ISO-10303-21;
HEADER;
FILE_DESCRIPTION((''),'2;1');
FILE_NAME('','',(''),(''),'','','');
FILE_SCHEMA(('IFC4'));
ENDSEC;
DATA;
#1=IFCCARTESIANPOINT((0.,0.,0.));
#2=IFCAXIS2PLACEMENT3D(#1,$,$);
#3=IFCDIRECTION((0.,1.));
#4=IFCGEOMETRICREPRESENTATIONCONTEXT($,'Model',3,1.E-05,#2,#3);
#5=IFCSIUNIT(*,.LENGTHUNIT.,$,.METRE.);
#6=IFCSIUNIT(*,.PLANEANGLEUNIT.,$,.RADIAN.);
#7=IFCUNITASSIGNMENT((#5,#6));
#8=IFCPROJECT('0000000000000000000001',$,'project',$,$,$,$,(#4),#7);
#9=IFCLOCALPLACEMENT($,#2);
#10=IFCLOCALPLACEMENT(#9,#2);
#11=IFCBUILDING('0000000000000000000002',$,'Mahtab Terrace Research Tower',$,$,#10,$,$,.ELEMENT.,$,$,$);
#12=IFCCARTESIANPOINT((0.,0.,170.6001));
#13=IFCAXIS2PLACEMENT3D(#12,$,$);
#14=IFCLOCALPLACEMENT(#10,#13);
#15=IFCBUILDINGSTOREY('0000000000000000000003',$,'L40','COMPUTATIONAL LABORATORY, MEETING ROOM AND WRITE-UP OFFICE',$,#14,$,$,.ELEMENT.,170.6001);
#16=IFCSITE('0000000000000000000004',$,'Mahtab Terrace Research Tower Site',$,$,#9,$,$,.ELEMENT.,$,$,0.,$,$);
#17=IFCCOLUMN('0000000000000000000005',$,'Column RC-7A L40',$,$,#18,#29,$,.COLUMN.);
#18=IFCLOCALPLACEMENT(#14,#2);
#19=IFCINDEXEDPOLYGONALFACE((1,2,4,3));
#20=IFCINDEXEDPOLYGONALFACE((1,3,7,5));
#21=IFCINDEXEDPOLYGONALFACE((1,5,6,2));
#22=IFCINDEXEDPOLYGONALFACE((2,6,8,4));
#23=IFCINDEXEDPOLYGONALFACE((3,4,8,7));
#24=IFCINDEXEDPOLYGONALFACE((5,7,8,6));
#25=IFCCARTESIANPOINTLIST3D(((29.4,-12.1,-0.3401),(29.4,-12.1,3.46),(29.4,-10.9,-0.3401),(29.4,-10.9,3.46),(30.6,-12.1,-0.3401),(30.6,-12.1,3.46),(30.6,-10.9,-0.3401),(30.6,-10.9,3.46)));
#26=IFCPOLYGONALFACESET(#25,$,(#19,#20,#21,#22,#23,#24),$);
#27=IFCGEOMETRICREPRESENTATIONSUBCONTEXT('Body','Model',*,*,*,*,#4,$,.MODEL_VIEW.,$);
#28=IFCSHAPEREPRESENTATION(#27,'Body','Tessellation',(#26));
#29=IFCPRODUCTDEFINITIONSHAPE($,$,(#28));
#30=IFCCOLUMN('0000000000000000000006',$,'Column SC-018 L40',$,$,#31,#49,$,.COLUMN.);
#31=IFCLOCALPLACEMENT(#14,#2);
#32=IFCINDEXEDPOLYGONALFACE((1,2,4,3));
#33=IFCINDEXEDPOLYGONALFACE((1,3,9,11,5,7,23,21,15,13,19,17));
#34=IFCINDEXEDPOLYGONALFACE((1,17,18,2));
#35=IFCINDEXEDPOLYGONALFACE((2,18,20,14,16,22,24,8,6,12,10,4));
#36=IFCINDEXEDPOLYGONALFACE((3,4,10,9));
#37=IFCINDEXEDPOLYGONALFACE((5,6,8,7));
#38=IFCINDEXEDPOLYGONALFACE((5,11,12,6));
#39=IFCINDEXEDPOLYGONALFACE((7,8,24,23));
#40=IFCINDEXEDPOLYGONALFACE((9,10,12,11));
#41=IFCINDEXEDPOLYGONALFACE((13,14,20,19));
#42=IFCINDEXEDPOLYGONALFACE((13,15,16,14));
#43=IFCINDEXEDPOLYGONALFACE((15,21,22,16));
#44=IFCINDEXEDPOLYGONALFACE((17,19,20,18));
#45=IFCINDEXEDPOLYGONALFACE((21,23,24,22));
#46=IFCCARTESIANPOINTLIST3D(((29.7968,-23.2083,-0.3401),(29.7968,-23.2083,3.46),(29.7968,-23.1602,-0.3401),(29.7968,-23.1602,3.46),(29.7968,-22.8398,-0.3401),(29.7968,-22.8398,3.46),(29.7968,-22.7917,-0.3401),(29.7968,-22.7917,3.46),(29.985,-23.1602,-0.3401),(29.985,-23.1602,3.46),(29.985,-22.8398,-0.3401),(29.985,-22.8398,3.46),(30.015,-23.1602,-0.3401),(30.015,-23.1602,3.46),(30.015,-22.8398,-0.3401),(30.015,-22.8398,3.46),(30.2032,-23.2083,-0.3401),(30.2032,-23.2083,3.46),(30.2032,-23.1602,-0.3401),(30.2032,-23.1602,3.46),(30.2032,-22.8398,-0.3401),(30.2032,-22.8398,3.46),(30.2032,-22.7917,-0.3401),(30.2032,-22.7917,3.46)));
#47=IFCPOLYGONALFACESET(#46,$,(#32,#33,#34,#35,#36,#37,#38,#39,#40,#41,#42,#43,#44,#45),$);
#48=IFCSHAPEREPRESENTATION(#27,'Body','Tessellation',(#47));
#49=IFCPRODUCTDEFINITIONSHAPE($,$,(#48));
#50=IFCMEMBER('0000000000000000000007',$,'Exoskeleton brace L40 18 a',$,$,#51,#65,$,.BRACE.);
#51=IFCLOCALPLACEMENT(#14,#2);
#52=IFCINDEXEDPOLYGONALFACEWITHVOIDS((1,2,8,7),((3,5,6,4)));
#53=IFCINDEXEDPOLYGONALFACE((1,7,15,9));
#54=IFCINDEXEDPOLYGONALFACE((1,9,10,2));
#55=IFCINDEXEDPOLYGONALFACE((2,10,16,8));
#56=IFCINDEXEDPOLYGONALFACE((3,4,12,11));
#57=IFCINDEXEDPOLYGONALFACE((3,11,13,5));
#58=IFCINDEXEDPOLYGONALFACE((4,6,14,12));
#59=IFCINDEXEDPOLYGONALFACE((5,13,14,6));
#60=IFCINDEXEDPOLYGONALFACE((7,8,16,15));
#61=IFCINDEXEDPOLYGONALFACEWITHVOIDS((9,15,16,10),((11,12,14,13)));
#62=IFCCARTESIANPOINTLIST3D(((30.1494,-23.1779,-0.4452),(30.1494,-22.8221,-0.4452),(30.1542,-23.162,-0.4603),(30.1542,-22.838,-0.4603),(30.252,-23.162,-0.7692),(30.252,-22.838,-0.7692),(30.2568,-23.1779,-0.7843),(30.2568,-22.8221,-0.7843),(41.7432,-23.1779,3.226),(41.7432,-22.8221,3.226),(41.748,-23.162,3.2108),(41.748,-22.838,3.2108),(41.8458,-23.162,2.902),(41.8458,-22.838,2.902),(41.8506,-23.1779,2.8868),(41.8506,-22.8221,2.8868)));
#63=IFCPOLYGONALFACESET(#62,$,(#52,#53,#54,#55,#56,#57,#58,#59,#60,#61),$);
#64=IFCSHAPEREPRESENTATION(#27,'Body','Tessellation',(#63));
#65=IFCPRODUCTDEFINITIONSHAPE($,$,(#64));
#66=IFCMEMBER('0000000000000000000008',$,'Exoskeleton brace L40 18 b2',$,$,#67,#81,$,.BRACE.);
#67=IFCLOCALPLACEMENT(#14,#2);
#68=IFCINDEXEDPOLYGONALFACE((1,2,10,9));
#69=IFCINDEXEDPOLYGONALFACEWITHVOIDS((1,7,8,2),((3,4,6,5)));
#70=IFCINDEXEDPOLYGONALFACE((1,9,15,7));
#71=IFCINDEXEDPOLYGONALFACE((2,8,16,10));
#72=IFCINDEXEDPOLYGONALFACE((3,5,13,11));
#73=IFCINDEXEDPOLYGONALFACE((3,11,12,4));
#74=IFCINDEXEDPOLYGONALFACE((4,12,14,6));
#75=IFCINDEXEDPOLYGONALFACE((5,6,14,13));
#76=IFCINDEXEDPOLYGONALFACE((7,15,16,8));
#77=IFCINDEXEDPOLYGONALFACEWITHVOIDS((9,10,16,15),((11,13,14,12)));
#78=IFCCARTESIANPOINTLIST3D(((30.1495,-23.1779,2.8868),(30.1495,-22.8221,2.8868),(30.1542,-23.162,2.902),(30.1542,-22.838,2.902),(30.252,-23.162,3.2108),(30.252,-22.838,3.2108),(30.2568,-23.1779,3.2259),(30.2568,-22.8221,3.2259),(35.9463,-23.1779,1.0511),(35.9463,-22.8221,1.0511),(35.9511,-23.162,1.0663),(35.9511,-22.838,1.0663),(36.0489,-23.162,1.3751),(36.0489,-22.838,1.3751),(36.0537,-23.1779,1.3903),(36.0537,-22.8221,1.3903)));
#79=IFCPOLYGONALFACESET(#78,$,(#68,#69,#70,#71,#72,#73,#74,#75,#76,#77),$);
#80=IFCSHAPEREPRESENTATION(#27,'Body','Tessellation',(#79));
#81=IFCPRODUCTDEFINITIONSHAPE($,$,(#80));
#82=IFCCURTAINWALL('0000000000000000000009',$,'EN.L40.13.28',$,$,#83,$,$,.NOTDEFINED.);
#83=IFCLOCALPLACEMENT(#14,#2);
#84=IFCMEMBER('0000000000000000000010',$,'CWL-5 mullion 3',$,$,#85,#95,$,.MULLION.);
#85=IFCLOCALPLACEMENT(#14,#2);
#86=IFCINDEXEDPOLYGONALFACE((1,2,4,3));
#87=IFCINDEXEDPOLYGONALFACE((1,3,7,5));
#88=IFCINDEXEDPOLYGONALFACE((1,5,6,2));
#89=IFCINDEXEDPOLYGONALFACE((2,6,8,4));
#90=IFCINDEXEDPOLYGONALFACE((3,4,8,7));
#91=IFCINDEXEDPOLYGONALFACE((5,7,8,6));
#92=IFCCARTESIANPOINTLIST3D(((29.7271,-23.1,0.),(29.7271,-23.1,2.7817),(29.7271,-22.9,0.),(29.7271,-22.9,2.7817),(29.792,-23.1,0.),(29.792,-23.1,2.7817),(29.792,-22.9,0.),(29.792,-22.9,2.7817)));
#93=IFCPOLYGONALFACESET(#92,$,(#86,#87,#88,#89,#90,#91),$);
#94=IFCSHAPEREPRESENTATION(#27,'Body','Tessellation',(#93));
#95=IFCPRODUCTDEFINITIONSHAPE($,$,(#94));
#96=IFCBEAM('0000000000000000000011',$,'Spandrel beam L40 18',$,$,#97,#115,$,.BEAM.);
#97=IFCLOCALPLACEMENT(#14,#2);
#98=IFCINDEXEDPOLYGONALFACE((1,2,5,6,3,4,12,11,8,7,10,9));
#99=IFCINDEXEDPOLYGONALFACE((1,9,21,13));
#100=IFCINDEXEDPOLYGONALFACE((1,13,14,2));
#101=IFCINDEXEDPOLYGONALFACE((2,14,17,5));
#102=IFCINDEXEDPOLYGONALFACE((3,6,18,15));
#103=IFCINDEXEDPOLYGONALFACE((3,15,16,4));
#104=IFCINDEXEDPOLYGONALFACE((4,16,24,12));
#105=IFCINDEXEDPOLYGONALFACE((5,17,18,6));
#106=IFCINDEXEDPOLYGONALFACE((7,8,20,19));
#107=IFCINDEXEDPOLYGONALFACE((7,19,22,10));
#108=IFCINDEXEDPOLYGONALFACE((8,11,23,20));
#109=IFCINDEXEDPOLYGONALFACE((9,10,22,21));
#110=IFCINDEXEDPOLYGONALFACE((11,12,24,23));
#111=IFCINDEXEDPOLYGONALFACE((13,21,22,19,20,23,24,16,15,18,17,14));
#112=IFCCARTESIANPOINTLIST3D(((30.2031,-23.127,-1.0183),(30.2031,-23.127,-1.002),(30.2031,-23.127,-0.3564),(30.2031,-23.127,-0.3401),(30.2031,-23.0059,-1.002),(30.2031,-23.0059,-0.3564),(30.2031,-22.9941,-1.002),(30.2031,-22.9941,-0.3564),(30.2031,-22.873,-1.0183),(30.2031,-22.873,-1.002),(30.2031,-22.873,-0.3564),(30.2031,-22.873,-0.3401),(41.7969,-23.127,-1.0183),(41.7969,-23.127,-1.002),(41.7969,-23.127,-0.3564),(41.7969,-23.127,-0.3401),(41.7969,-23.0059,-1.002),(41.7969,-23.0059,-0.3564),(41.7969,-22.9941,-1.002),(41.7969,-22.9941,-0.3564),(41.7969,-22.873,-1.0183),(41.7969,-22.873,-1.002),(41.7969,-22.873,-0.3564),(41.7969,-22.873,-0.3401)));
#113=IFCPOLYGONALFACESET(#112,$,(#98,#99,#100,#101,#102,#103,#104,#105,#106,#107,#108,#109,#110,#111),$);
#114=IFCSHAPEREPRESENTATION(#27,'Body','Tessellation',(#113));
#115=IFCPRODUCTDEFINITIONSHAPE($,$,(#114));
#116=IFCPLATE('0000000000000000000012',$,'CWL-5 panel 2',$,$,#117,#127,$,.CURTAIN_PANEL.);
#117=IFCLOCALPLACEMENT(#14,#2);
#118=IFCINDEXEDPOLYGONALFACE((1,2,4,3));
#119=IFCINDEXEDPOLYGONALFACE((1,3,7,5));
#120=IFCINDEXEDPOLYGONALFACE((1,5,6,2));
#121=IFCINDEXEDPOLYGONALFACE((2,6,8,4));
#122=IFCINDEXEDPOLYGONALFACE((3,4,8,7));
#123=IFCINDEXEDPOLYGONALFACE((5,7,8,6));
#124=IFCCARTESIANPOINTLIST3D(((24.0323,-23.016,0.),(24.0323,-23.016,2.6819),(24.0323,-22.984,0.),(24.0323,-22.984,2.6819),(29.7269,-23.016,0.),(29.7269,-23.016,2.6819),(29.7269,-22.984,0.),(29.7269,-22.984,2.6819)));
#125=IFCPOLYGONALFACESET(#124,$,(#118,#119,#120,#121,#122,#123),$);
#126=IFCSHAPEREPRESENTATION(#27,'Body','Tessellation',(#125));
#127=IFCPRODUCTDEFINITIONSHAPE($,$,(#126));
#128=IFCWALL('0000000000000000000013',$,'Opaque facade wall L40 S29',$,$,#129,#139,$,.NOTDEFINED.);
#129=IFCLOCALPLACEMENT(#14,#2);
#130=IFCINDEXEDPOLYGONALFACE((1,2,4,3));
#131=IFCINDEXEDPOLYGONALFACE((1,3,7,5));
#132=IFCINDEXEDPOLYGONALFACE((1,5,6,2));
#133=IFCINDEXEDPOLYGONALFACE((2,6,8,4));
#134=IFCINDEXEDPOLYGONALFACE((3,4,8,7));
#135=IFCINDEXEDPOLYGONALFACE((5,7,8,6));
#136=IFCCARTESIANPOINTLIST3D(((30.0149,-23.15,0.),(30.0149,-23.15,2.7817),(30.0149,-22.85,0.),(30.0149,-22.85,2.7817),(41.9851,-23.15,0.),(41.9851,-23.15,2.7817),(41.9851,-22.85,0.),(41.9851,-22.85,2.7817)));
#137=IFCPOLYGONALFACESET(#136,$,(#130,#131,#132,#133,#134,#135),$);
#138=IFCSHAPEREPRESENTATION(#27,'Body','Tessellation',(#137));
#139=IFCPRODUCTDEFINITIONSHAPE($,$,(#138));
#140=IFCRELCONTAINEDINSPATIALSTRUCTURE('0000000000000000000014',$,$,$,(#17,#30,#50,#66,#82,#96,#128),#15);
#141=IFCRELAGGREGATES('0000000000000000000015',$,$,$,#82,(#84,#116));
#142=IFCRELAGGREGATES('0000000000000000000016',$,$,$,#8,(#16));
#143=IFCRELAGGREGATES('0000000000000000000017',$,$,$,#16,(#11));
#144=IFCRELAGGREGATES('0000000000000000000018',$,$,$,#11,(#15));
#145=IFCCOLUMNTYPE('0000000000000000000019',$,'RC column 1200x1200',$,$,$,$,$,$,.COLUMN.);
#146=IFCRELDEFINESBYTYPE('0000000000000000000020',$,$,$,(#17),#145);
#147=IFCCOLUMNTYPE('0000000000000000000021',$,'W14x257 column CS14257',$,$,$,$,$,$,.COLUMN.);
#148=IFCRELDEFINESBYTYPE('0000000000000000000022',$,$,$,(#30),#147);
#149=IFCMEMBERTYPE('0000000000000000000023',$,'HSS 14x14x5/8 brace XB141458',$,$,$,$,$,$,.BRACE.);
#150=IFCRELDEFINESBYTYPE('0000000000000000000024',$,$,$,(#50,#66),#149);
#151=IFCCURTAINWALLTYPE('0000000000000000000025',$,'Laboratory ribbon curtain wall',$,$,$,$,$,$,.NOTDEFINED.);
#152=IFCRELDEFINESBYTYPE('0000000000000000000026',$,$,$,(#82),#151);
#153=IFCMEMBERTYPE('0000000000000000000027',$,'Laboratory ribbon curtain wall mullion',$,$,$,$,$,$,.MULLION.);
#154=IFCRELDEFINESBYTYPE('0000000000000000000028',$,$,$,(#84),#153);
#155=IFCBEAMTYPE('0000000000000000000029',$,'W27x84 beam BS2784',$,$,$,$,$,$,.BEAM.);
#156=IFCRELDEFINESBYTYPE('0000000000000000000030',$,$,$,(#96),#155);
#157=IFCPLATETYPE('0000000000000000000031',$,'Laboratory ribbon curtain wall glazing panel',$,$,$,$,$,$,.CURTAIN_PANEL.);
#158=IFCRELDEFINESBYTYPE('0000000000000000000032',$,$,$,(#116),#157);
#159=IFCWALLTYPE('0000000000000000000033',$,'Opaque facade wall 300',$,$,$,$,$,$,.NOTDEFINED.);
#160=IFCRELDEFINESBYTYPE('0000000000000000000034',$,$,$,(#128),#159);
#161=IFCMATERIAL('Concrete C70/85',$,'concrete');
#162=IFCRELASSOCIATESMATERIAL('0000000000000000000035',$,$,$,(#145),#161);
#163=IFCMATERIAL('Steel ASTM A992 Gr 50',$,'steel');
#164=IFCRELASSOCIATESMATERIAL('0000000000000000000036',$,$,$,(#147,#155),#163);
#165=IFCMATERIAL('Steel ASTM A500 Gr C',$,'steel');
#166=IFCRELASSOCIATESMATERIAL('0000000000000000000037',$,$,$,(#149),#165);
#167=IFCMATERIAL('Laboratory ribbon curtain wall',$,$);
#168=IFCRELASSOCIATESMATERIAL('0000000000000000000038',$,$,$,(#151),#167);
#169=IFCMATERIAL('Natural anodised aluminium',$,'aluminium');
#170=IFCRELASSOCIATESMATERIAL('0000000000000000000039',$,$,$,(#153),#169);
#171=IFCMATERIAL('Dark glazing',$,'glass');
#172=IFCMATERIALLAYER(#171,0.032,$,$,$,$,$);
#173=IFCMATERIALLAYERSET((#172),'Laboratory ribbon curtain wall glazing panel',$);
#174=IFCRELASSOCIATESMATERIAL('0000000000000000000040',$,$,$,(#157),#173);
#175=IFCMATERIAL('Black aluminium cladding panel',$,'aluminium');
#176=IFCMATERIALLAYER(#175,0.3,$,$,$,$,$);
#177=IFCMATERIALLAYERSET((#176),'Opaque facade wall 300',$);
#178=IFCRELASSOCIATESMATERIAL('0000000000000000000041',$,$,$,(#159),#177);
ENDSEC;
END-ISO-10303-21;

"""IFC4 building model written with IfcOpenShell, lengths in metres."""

from ifc_helpers import new_model, si_unit, direction, frame, frame_2d, origin, origin_2d, place, context, subcontext, project, spatial, rectangle, hollow_rectangle, i_section, extrude, material, layer, layer_set, material_profile, profile_set, type_object, element, aggregate, save


model = new_model("IFC4")

# Units and contexts
model_context = context("Model", 3, precision=1e-05, world=origin(), true_north=direction((0.0, 1.0)))
body_context = subcontext(model_context, "Body", "Model", "MODEL_VIEW")
ifc_project = project(units=[si_unit("LENGTHUNIT", "METRE"), si_unit("PLANEANGLEUNIT", "RADIAN")], contexts=[model_context])

# Site, building, storey
site_placement = place(None, origin())
site = spatial("IfcSite", under=ifc_project, at=site_placement, Name="Mahtab Terrace Research Tower Site", CompositionType="ELEMENT", RefElevation=0.0)
building_placement = place(site_placement, origin())
building = spatial("IfcBuilding", under=site, at=building_placement, Name="Mahtab Terrace Research Tower", CompositionType="ELEMENT")
storey_placement = place(building_placement, frame((0.0, 0.0, 170.6001)))
storey = spatial("IfcBuildingStorey", under=building, at=storey_placement, Name="L40", Description="COMPUTATIONAL LABORATORY, MEETING ROOM AND WRITE-UP OFFICE", CompositionType="ELEMENT", Elevation=170.6001)

# Columns
ifc_material_1 = material(Name="Concrete C70/85", Category="concrete")
ifc_material_profile_1 = material_profile(ifc_material_1, rectangle(XDim=1.2, YDim=1.2, at=origin_2d()), Name="RC column 1200x1200")
ifc_profile_set_1 = profile_set([ifc_material_profile_1], Name="Concrete C70/85")
column_type_1 = type_object("IfcColumnType", Name="RC column 1200x1200", PredefinedType="COLUMN", material=ifc_profile_set_1)
column_1_placement = place(storey_placement, frame((30.0, -11.5, -0.3401), z_axis=(0.0, 0.0, 1.0), x_axis=(1.0, 0.0, 0.0)))
element("IfcColumn", 1, at=column_1_placement, inside=storey, type_object=column_type_1, Name="Column RC-7A L40", PredefinedType="COLUMN", context=body_context, shape_type="SweptSolid", body=[
    extrude(rectangle(XDim=1.2, YDim=1.2, at=origin_2d()), origin(), (0.0, 0.0, 1.0), 3.8),
])
ifc_material_2 = material(Name="Steel ASTM A992 Gr 50", Category="steel")
ifc_material_profile_2 = material_profile(ifc_material_2, i_section(OverallWidth=0.4065, OverallDepth=0.4165, WebThickness=0.03, FlangeThickness=0.0481, at=origin_2d()), Name="W14X257")
ifc_profile_set_2 = profile_set([ifc_material_profile_2], Name="Steel ASTM A992 Gr 50")
column_type_2 = type_object("IfcColumnType", Name="W14x257 column CS14257", PredefinedType="COLUMN", material=ifc_profile_set_2)
column_2_placement = place(storey_placement, frame((30.0, -23.0, -0.3401), z_axis=(0.0, 0.0, 1.0), x_axis=(1.0, 0.0, 0.0)))
element("IfcColumn", 2, at=column_2_placement, inside=storey, type_object=column_type_2, Name="Column SC-018 L40", PredefinedType="COLUMN", context=body_context, shape_type="SweptSolid", body=[
    extrude(i_section(OverallWidth=0.4065, OverallDepth=0.4165, WebThickness=0.03, FlangeThickness=0.0481, at=origin_2d()), origin(), (0.0, 0.0, 1.0), 3.8),
])

# Members
ifc_material_3 = material(Name="Steel ASTM A500 Gr C", Category="steel")
ifc_material_profile_3 = material_profile(ifc_material_3, hollow_rectangle(XDim=0.3557, YDim=0.3557, WallThickness=0.0159, at=origin_2d()), Name="HSS14X14X5/8")
ifc_profile_set_3 = profile_set([ifc_material_profile_3], Name="Steel ASTM A500 Gr C")
member_type_1 = type_object("IfcMemberType", Name="HSS 14x14x5/8 brace XB141458", PredefinedType="BRACE", material=ifc_profile_set_3)
member_1_placement = place(storey_placement, frame((30.2031, -23.0, -0.6147), z_axis=(0.953347, 0.0, 0.301876), x_axis=(0.0, 1.0, 0.0)))
element("IfcMember", 3, at=member_1_placement, inside=storey, type_object=member_type_1, Name="Exoskeleton brace L40 18 a", PredefinedType="BRACE", context=body_context, shape_type="SweptSolid", body=[
    extrude(hollow_rectangle(XDim=0.3557, YDim=0.3557, WallThickness=0.0159, at=origin_2d()), origin(), (0.0, 0.0, 1.0), 12.1611),
])
member_2_placement = place(storey_placement, frame((36.0, -23.0, 1.2207), z_axis=(-0.953341, 0.0, 0.301894), x_axis=(0.0, -1.0, 0.0)))
element("IfcMember", 4, at=member_2_placement, inside=storey, type_object=member_type_1, Name="Exoskeleton brace L40 18 b2", PredefinedType="BRACE", context=body_context, shape_type="SweptSolid", body=[
    extrude(hollow_rectangle(XDim=0.3557, YDim=0.3557, WallThickness=0.0159, at=origin_2d()), origin(), (0.0, 0.0, 1.0), 6.0806),
])

# Curtain wall, member
ifc_material_4 = material(Name="Laboratory ribbon curtain wall")
curtain_wall_type = type_object("IfcCurtainWallType", Name="Laboratory ribbon curtain wall", PredefinedType="NOTDEFINED", material=ifc_material_4)
curtain_wall_placement = place(storey_placement, origin())
curtain_wall = element("IfcCurtainWall", 5, at=curtain_wall_placement, inside=storey, type_object=curtain_wall_type, Name="EN.L40.13.28", PredefinedType="NOTDEFINED")
ifc_material_5 = material(Name="Natural anodised aluminium", Category="aluminium")
ifc_material_profile_4 = material_profile(ifc_material_5, rectangle(XDim=0.2, YDim=0.0649, at=origin_2d()), Name="MULLION 65x200")
ifc_profile_set_4 = profile_set([ifc_material_profile_4], Name="Natural anodised aluminium")
member_type_2 = type_object("IfcMemberType", Name="Laboratory ribbon curtain wall mullion", PredefinedType="MULLION", material=ifc_profile_set_4)
member_3_placement = place(storey_placement, frame((29.7595, -23.0, 0.0), z_axis=(0.0, 0.0, 1.0), x_axis=(0.0, 1.0, 0.0)))
member_3 = element("IfcMember", 6, at=member_3_placement, type_object=member_type_2, Name="CWL-5 mullion 3", PredefinedType="MULLION", context=body_context, shape_type="SweptSolid", body=[
    extrude(rectangle(XDim=0.2, YDim=0.0649, at=origin_2d()), origin(), (0.0, 0.0, 1.0), 2.7817),
])

# Beam
ifc_material_profile_5 = material_profile(ifc_material_2, i_section(OverallWidth=0.2539, OverallDepth=0.6782, WebThickness=0.0117, FlangeThickness=0.0164, at=origin_2d()), Name="W27X84")
ifc_profile_set_5 = profile_set([ifc_material_profile_5], Name="Steel ASTM A992 Gr 50")
beam_type = type_object("IfcBeamType", Name="W27x84 beam BS2784", PredefinedType="BEAM", material=ifc_profile_set_5)
beam_placement = place(storey_placement, frame((30.2031, -23.0, -0.6792), z_axis=(1.0, 0.0, 0.0), x_axis=(0.0, 1.0, 0.0)))
element("IfcBeam", 7, at=beam_placement, inside=storey, type_object=beam_type, Name="Spandrel beam L40 18", PredefinedType="BEAM", context=body_context, shape_type="SweptSolid", body=[
    extrude(i_section(OverallWidth=0.2539, OverallDepth=0.6782, WebThickness=0.0117, FlangeThickness=0.0164, at=origin_2d()), origin(), (0.0, 0.0, 1.0), 11.5938),
])

# Plate
ifc_material_6 = material(Name="Dark glazing", Category="glass")
ifc_layer_1 = layer(ifc_material_6, 0.032)
ifc_layer_set_1 = layer_set([ifc_layer_1], Name="Laboratory ribbon curtain wall glazing panel")
plate_type = type_object("IfcPlateType", Name="Laboratory ribbon curtain wall glazing panel", PredefinedType="CURTAIN_PANEL", material=ifc_layer_set_1)
plate_placement = place(storey_placement, frame((26.8796, -23.0, 0.0), z_axis=(0.0, 0.0, 1.0), x_axis=(1.0, 0.0, 0.0)))
plate = element("IfcPlate", 8, at=plate_placement, type_object=plate_type, Name="CWL-5 panel 2", PredefinedType="CURTAIN_PANEL", context=body_context, shape_type="SweptSolid", body=[
    extrude(rectangle(XDim=5.6946, YDim=0.032, at=origin_2d()), origin(), (0.0, 0.0, 1.0), 2.6819),
])
aggregate(curtain_wall, [member_3, plate])

# Wall
ifc_material_7 = material(Name="Black aluminium cladding panel", Category="aluminium")
ifc_layer_2 = layer(ifc_material_7, 0.3)
ifc_layer_set_2 = layer_set([ifc_layer_2], Name="Opaque facade wall 300")
wall_type_1 = type_object("IfcWallType", Name="Opaque facade wall 300", PredefinedType="NOTDEFINED", material=ifc_layer_set_2)
wall_1_placement = place(storey_placement, frame((30.0149, -23.0, 0.0), z_axis=(0.0, 0.0, 1.0), x_axis=(1.0, 0.0, 0.0)))
element("IfcWall", 9, at=wall_1_placement, inside=storey, type_object=wall_type_1, Name="Opaque facade wall L40 S29", PredefinedType="NOTDEFINED", context=body_context, shape_type="SweptSolid", body=[
    extrude(rectangle(XDim=11.9702, YDim=0.3, at=frame_2d((5.9851, 0.0))), origin(), (0.0, 0.0, 1.0), 2.7817),
])

save(model, "model.ifc")
